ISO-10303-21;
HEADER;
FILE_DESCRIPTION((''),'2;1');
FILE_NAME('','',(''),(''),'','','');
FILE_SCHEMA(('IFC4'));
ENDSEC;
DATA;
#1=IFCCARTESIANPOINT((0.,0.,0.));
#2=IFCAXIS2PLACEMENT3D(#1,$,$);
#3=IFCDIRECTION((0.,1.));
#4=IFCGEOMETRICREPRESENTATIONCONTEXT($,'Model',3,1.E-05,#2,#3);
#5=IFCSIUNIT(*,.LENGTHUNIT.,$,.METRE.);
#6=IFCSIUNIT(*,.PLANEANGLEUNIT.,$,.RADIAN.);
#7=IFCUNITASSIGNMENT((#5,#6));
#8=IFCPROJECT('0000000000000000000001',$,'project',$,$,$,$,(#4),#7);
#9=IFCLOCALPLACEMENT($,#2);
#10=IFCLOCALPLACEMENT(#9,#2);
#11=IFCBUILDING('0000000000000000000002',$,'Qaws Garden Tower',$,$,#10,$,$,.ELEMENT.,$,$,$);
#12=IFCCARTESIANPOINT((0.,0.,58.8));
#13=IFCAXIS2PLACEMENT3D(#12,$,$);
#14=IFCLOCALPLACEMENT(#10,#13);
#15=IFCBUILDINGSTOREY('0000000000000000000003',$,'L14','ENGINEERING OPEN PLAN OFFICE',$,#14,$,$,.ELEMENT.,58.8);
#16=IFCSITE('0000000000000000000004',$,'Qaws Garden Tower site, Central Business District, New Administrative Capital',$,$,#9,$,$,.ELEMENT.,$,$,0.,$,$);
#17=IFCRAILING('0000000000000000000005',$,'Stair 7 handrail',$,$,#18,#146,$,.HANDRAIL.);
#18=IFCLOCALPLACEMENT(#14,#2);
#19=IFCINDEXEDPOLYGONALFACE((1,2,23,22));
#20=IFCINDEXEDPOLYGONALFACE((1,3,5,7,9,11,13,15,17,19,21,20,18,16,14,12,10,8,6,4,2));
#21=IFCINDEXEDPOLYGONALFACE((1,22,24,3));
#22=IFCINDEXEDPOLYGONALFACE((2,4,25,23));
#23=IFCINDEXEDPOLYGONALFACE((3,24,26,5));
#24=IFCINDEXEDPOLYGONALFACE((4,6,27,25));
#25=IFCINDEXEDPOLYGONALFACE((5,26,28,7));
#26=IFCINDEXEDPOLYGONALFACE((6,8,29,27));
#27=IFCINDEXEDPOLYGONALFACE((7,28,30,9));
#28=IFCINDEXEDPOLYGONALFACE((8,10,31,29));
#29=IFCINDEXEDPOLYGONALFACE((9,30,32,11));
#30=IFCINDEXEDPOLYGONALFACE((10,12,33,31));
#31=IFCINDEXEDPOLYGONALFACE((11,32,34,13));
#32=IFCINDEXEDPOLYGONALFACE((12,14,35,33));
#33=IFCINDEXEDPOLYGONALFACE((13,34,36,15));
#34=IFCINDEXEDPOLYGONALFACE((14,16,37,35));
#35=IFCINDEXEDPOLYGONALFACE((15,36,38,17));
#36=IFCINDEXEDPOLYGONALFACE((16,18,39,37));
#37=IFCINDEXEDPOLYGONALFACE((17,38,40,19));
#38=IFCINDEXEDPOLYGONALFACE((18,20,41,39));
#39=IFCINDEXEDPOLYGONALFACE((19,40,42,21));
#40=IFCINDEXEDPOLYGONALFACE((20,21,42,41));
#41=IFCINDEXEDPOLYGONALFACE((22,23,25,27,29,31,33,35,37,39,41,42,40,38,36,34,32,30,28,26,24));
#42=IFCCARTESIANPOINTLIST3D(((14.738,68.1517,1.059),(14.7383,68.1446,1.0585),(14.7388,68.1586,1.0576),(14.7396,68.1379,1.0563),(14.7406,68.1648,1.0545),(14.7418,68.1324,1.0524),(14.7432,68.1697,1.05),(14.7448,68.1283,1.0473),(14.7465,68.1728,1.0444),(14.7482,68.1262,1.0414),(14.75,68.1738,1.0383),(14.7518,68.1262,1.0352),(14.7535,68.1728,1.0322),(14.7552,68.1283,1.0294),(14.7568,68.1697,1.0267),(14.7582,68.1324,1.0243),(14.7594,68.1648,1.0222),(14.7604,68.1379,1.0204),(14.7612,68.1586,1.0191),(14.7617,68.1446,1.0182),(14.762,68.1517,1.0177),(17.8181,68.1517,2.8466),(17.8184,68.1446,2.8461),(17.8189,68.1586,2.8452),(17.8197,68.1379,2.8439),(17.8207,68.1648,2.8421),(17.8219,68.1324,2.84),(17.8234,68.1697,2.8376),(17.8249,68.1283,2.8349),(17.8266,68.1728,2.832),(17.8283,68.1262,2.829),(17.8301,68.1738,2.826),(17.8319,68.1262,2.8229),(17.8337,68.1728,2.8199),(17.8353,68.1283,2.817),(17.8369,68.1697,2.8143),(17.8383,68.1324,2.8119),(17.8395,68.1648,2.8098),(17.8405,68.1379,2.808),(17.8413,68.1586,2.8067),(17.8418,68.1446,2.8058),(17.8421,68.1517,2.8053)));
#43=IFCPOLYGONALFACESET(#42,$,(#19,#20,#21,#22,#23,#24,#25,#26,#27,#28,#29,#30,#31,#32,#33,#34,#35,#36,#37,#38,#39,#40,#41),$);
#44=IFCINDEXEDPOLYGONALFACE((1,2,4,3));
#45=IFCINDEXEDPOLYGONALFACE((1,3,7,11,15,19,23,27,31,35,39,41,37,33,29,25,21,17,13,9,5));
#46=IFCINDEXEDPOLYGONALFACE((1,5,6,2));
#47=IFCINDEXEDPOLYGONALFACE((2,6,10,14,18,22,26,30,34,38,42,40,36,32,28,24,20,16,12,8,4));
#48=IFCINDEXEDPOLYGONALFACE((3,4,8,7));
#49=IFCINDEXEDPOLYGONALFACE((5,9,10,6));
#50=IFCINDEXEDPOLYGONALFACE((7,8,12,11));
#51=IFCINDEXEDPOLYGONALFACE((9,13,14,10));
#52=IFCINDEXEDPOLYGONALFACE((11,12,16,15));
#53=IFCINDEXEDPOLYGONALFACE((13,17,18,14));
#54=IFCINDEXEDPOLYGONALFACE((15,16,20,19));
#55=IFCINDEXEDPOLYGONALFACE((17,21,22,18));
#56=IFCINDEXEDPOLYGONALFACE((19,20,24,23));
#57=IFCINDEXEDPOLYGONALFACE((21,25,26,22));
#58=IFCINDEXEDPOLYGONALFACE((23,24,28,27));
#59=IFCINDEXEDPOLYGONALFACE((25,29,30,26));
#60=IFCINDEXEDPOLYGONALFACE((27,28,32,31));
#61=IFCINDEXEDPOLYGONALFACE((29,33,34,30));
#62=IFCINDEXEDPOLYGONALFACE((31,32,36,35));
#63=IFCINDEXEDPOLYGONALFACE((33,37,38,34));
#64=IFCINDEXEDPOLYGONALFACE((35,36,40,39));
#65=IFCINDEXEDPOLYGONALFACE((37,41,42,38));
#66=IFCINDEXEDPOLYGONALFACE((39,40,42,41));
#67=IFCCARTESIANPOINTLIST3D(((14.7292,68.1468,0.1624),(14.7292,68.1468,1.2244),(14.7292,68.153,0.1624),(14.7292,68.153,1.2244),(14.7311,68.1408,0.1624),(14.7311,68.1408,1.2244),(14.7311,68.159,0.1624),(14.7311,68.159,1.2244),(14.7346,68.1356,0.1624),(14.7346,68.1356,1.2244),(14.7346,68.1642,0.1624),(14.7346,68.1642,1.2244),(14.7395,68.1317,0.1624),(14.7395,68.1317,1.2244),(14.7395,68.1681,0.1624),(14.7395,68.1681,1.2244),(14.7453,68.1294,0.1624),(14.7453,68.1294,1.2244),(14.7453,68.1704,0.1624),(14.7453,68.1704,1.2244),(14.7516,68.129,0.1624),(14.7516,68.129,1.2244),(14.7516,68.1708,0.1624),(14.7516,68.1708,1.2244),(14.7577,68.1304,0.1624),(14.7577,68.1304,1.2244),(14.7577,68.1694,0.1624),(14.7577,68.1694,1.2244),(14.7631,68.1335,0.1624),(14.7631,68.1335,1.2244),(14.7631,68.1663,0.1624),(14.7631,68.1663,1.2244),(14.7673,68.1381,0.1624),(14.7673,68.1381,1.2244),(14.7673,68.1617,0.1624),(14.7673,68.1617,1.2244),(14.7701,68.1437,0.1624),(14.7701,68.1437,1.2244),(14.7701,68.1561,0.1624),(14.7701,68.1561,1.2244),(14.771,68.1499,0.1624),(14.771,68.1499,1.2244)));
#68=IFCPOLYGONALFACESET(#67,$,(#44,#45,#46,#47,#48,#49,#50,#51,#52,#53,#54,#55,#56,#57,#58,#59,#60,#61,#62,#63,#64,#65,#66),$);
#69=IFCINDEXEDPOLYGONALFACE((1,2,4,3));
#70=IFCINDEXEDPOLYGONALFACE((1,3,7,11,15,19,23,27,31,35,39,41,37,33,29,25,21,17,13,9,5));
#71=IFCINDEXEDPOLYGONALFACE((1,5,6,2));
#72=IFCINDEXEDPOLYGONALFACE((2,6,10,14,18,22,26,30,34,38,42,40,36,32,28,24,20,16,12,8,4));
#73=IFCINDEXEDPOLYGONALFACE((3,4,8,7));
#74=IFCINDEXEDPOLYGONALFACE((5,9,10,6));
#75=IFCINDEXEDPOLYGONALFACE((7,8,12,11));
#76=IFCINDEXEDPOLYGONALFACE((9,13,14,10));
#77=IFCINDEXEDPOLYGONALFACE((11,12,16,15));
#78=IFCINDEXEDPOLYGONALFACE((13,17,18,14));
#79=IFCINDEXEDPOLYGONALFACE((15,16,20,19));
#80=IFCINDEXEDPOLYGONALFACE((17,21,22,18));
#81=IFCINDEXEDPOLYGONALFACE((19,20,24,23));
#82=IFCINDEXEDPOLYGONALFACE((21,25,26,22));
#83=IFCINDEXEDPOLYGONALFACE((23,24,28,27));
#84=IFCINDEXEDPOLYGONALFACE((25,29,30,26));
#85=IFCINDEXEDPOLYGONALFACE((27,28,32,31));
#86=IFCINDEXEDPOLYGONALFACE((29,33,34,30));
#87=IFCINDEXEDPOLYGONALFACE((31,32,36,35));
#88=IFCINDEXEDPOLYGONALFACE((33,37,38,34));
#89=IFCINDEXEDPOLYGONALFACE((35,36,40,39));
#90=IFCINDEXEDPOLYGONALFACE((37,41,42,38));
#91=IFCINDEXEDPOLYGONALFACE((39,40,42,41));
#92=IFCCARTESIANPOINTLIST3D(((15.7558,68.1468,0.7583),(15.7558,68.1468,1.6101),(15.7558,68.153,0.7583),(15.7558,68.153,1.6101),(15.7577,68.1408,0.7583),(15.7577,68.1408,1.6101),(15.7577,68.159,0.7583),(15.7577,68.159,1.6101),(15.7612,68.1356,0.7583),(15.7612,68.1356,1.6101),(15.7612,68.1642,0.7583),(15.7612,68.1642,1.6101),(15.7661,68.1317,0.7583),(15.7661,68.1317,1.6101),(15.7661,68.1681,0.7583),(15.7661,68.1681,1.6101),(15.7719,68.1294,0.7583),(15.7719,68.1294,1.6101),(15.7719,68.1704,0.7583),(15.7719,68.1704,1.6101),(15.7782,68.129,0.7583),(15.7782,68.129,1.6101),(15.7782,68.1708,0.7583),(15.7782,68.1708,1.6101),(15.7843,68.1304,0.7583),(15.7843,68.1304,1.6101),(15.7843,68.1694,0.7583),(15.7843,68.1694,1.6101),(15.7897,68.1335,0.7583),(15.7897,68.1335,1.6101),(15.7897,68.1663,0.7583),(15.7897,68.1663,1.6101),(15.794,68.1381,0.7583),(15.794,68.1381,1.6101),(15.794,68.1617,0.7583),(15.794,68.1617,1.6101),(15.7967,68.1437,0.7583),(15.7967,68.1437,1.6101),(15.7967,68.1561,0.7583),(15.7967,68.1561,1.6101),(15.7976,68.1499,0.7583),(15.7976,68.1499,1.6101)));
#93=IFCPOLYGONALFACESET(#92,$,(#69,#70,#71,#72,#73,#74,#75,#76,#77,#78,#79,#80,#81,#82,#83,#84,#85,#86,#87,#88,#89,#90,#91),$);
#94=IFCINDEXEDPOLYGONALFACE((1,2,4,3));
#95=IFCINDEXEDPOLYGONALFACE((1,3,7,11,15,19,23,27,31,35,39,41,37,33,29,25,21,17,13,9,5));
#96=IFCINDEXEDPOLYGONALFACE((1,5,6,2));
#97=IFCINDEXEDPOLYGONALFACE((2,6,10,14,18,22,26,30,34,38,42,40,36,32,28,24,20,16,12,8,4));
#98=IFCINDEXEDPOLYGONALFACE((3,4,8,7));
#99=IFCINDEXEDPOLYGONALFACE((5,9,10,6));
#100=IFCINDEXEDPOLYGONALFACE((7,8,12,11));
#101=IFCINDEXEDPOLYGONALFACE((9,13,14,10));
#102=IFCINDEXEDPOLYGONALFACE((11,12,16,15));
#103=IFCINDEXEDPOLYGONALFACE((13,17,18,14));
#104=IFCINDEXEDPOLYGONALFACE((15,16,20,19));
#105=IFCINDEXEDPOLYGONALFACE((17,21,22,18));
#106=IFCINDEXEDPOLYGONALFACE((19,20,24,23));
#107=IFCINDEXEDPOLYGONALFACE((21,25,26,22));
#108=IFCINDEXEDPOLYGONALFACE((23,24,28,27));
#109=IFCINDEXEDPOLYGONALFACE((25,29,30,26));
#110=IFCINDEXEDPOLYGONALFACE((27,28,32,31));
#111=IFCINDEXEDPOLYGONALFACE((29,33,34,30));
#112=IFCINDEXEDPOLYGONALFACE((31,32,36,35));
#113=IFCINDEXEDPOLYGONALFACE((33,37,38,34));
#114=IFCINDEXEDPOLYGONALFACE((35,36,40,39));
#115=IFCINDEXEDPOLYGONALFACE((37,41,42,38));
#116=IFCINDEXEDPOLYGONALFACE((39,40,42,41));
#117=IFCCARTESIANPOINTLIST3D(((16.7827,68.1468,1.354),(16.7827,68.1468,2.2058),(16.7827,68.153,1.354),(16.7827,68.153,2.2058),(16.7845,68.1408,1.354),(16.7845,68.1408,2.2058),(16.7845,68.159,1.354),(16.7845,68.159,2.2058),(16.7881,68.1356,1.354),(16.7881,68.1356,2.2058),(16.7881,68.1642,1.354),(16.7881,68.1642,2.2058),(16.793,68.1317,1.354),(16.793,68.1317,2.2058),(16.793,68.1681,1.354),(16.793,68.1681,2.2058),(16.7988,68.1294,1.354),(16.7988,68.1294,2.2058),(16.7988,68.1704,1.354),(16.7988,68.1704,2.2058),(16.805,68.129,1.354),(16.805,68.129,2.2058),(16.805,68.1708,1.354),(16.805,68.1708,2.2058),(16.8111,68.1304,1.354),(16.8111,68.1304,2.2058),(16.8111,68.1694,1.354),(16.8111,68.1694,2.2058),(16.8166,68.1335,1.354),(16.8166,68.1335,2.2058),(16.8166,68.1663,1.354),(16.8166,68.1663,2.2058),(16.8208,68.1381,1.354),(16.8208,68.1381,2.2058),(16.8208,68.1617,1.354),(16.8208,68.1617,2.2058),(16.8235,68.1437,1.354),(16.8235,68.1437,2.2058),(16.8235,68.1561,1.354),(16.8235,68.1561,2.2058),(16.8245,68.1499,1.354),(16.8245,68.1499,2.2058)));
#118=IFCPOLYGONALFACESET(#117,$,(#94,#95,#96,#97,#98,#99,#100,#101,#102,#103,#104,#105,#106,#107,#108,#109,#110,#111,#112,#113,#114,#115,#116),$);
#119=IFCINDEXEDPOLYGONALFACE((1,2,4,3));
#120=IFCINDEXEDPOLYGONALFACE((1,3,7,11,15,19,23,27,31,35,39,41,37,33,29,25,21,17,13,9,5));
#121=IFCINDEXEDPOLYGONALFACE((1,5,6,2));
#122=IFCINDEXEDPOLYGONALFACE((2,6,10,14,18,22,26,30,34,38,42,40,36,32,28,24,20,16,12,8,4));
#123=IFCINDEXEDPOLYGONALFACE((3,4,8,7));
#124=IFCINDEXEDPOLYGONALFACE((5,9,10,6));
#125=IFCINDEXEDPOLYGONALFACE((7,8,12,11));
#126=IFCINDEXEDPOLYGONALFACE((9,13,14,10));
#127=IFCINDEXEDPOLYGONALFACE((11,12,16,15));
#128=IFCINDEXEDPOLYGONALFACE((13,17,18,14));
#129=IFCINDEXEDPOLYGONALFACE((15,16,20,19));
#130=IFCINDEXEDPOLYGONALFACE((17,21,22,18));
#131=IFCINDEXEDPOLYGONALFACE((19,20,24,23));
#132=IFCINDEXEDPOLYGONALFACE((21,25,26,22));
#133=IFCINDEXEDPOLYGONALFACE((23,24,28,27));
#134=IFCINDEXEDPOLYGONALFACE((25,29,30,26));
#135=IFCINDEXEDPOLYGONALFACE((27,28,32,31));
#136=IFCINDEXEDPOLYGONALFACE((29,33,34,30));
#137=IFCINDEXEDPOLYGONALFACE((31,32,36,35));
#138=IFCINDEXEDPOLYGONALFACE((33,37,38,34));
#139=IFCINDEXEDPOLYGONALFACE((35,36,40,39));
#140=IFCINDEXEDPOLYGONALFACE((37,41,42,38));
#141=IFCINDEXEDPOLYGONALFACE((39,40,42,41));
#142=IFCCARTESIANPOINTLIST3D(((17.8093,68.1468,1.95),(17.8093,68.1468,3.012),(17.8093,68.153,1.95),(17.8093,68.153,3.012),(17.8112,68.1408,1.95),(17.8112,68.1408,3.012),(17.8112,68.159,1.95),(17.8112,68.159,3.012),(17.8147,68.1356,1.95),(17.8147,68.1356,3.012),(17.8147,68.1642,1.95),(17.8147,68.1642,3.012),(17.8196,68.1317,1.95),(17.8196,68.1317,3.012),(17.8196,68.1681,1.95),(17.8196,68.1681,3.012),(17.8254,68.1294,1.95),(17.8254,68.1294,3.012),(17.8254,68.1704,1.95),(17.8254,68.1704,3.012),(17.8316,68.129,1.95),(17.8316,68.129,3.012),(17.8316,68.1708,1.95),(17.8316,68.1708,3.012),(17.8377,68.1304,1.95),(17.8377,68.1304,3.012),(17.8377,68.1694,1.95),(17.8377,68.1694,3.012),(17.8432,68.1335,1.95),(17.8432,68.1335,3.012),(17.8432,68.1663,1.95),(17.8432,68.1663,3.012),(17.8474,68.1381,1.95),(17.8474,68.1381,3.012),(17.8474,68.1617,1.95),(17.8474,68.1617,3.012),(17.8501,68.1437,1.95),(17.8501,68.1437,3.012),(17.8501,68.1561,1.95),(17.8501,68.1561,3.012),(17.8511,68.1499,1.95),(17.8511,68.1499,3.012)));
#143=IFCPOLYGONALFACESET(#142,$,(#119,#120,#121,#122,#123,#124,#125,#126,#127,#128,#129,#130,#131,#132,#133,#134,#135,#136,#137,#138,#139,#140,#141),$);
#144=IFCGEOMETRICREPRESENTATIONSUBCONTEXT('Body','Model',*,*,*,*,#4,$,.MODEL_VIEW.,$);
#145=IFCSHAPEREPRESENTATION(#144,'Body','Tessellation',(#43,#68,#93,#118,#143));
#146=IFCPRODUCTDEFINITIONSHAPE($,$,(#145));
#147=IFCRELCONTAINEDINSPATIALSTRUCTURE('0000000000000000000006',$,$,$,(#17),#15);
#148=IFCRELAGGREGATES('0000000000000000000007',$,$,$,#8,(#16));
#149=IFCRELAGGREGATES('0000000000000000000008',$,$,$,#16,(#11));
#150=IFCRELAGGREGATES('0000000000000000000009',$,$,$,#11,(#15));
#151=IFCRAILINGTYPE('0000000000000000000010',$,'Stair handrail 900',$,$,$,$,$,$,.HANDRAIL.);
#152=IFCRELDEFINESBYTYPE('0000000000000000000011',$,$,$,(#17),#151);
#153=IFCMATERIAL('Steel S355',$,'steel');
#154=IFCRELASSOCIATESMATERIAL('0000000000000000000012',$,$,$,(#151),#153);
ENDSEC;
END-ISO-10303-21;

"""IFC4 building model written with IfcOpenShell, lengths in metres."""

from ifc_helpers import new_model, si_unit, direction, frame, origin, origin_2d, place, context, subcontext, project, spatial, circle, extrude, material, type_object, element, save


model = new_model("IFC4")

# Units and contexts
model_context = context("Model", 3, precision=1e-05, world=origin(), true_north=direction((0.0, 1.0)))
body_context = subcontext(model_context, "Body", "Model", "MODEL_VIEW")
ifc_project = project(units=[si_unit("LENGTHUNIT", "METRE"), si_unit("PLANEANGLEUNIT", "RADIAN")], contexts=[model_context])

# Site, building, storey
site_placement = place(None, origin())
site = spatial("IfcSite", under=ifc_project, at=site_placement, Name="Qaws Garden Tower site, Central Business District, New Administrative Capital", CompositionType="ELEMENT", RefElevation=0.0)
building_placement = place(site_placement, origin())
building = spatial("IfcBuilding", under=site, at=building_placement, Name="Qaws Garden Tower", CompositionType="ELEMENT")
storey_placement = place(building_placement, frame((0.0, 0.0, 58.8)))
storey = spatial("IfcBuildingStorey", under=building, at=storey_placement, Name="L14", Description="ENGINEERING OPEN PLAN OFFICE", CompositionType="ELEMENT", Elevation=58.8)

# Railing
ifc_material_1 = material(Name="Steel S355", Category="steel")
railing_type = type_object("IfcRailingType", Name="Stair handrail 900", PredefinedType="HANDRAIL", material=ifc_material_1)
railing_1_placement = place(storey_placement, frame((14.75, 68.1499, 0.1624)))
element("IfcRailing", 1, at=railing_1_placement, inside=storey, type_object=railing_type, Name="Stair 7 handrail", PredefinedType="HANDRAIL", context=body_context, shape_type="SweptSolid", body=[
    extrude(circle(Radius=0.0239, at=origin_2d()), frame((0.0, 0.0, 0.876), z_axis=(0.864891, 0.0, 0.50196), x_axis=(0.0, 1.0, 0.0)), (0.0, 0.0, 1.0), 3.5613),
    extrude(circle(Radius=0.021, at=origin_2d()), origin(), (0.0, 0.0, 1.0), 1.062),
    extrude(circle(Radius=0.021, at=origin_2d()), frame((1.0266, 0.0, 0.5959)), (0.0, 0.0, 1.0), 0.8518),
    extrude(circle(Radius=0.021, at=origin_2d()), frame((2.0535, 0.0, 1.1917)), (0.0, 0.0, 1.0), 0.8518),
    extrude(circle(Radius=0.021, at=origin_2d()), frame((3.0801, 0.0, 1.7876)), (0.0, 0.0, 1.0), 1.062),
])

save(model, "model.ifc")
